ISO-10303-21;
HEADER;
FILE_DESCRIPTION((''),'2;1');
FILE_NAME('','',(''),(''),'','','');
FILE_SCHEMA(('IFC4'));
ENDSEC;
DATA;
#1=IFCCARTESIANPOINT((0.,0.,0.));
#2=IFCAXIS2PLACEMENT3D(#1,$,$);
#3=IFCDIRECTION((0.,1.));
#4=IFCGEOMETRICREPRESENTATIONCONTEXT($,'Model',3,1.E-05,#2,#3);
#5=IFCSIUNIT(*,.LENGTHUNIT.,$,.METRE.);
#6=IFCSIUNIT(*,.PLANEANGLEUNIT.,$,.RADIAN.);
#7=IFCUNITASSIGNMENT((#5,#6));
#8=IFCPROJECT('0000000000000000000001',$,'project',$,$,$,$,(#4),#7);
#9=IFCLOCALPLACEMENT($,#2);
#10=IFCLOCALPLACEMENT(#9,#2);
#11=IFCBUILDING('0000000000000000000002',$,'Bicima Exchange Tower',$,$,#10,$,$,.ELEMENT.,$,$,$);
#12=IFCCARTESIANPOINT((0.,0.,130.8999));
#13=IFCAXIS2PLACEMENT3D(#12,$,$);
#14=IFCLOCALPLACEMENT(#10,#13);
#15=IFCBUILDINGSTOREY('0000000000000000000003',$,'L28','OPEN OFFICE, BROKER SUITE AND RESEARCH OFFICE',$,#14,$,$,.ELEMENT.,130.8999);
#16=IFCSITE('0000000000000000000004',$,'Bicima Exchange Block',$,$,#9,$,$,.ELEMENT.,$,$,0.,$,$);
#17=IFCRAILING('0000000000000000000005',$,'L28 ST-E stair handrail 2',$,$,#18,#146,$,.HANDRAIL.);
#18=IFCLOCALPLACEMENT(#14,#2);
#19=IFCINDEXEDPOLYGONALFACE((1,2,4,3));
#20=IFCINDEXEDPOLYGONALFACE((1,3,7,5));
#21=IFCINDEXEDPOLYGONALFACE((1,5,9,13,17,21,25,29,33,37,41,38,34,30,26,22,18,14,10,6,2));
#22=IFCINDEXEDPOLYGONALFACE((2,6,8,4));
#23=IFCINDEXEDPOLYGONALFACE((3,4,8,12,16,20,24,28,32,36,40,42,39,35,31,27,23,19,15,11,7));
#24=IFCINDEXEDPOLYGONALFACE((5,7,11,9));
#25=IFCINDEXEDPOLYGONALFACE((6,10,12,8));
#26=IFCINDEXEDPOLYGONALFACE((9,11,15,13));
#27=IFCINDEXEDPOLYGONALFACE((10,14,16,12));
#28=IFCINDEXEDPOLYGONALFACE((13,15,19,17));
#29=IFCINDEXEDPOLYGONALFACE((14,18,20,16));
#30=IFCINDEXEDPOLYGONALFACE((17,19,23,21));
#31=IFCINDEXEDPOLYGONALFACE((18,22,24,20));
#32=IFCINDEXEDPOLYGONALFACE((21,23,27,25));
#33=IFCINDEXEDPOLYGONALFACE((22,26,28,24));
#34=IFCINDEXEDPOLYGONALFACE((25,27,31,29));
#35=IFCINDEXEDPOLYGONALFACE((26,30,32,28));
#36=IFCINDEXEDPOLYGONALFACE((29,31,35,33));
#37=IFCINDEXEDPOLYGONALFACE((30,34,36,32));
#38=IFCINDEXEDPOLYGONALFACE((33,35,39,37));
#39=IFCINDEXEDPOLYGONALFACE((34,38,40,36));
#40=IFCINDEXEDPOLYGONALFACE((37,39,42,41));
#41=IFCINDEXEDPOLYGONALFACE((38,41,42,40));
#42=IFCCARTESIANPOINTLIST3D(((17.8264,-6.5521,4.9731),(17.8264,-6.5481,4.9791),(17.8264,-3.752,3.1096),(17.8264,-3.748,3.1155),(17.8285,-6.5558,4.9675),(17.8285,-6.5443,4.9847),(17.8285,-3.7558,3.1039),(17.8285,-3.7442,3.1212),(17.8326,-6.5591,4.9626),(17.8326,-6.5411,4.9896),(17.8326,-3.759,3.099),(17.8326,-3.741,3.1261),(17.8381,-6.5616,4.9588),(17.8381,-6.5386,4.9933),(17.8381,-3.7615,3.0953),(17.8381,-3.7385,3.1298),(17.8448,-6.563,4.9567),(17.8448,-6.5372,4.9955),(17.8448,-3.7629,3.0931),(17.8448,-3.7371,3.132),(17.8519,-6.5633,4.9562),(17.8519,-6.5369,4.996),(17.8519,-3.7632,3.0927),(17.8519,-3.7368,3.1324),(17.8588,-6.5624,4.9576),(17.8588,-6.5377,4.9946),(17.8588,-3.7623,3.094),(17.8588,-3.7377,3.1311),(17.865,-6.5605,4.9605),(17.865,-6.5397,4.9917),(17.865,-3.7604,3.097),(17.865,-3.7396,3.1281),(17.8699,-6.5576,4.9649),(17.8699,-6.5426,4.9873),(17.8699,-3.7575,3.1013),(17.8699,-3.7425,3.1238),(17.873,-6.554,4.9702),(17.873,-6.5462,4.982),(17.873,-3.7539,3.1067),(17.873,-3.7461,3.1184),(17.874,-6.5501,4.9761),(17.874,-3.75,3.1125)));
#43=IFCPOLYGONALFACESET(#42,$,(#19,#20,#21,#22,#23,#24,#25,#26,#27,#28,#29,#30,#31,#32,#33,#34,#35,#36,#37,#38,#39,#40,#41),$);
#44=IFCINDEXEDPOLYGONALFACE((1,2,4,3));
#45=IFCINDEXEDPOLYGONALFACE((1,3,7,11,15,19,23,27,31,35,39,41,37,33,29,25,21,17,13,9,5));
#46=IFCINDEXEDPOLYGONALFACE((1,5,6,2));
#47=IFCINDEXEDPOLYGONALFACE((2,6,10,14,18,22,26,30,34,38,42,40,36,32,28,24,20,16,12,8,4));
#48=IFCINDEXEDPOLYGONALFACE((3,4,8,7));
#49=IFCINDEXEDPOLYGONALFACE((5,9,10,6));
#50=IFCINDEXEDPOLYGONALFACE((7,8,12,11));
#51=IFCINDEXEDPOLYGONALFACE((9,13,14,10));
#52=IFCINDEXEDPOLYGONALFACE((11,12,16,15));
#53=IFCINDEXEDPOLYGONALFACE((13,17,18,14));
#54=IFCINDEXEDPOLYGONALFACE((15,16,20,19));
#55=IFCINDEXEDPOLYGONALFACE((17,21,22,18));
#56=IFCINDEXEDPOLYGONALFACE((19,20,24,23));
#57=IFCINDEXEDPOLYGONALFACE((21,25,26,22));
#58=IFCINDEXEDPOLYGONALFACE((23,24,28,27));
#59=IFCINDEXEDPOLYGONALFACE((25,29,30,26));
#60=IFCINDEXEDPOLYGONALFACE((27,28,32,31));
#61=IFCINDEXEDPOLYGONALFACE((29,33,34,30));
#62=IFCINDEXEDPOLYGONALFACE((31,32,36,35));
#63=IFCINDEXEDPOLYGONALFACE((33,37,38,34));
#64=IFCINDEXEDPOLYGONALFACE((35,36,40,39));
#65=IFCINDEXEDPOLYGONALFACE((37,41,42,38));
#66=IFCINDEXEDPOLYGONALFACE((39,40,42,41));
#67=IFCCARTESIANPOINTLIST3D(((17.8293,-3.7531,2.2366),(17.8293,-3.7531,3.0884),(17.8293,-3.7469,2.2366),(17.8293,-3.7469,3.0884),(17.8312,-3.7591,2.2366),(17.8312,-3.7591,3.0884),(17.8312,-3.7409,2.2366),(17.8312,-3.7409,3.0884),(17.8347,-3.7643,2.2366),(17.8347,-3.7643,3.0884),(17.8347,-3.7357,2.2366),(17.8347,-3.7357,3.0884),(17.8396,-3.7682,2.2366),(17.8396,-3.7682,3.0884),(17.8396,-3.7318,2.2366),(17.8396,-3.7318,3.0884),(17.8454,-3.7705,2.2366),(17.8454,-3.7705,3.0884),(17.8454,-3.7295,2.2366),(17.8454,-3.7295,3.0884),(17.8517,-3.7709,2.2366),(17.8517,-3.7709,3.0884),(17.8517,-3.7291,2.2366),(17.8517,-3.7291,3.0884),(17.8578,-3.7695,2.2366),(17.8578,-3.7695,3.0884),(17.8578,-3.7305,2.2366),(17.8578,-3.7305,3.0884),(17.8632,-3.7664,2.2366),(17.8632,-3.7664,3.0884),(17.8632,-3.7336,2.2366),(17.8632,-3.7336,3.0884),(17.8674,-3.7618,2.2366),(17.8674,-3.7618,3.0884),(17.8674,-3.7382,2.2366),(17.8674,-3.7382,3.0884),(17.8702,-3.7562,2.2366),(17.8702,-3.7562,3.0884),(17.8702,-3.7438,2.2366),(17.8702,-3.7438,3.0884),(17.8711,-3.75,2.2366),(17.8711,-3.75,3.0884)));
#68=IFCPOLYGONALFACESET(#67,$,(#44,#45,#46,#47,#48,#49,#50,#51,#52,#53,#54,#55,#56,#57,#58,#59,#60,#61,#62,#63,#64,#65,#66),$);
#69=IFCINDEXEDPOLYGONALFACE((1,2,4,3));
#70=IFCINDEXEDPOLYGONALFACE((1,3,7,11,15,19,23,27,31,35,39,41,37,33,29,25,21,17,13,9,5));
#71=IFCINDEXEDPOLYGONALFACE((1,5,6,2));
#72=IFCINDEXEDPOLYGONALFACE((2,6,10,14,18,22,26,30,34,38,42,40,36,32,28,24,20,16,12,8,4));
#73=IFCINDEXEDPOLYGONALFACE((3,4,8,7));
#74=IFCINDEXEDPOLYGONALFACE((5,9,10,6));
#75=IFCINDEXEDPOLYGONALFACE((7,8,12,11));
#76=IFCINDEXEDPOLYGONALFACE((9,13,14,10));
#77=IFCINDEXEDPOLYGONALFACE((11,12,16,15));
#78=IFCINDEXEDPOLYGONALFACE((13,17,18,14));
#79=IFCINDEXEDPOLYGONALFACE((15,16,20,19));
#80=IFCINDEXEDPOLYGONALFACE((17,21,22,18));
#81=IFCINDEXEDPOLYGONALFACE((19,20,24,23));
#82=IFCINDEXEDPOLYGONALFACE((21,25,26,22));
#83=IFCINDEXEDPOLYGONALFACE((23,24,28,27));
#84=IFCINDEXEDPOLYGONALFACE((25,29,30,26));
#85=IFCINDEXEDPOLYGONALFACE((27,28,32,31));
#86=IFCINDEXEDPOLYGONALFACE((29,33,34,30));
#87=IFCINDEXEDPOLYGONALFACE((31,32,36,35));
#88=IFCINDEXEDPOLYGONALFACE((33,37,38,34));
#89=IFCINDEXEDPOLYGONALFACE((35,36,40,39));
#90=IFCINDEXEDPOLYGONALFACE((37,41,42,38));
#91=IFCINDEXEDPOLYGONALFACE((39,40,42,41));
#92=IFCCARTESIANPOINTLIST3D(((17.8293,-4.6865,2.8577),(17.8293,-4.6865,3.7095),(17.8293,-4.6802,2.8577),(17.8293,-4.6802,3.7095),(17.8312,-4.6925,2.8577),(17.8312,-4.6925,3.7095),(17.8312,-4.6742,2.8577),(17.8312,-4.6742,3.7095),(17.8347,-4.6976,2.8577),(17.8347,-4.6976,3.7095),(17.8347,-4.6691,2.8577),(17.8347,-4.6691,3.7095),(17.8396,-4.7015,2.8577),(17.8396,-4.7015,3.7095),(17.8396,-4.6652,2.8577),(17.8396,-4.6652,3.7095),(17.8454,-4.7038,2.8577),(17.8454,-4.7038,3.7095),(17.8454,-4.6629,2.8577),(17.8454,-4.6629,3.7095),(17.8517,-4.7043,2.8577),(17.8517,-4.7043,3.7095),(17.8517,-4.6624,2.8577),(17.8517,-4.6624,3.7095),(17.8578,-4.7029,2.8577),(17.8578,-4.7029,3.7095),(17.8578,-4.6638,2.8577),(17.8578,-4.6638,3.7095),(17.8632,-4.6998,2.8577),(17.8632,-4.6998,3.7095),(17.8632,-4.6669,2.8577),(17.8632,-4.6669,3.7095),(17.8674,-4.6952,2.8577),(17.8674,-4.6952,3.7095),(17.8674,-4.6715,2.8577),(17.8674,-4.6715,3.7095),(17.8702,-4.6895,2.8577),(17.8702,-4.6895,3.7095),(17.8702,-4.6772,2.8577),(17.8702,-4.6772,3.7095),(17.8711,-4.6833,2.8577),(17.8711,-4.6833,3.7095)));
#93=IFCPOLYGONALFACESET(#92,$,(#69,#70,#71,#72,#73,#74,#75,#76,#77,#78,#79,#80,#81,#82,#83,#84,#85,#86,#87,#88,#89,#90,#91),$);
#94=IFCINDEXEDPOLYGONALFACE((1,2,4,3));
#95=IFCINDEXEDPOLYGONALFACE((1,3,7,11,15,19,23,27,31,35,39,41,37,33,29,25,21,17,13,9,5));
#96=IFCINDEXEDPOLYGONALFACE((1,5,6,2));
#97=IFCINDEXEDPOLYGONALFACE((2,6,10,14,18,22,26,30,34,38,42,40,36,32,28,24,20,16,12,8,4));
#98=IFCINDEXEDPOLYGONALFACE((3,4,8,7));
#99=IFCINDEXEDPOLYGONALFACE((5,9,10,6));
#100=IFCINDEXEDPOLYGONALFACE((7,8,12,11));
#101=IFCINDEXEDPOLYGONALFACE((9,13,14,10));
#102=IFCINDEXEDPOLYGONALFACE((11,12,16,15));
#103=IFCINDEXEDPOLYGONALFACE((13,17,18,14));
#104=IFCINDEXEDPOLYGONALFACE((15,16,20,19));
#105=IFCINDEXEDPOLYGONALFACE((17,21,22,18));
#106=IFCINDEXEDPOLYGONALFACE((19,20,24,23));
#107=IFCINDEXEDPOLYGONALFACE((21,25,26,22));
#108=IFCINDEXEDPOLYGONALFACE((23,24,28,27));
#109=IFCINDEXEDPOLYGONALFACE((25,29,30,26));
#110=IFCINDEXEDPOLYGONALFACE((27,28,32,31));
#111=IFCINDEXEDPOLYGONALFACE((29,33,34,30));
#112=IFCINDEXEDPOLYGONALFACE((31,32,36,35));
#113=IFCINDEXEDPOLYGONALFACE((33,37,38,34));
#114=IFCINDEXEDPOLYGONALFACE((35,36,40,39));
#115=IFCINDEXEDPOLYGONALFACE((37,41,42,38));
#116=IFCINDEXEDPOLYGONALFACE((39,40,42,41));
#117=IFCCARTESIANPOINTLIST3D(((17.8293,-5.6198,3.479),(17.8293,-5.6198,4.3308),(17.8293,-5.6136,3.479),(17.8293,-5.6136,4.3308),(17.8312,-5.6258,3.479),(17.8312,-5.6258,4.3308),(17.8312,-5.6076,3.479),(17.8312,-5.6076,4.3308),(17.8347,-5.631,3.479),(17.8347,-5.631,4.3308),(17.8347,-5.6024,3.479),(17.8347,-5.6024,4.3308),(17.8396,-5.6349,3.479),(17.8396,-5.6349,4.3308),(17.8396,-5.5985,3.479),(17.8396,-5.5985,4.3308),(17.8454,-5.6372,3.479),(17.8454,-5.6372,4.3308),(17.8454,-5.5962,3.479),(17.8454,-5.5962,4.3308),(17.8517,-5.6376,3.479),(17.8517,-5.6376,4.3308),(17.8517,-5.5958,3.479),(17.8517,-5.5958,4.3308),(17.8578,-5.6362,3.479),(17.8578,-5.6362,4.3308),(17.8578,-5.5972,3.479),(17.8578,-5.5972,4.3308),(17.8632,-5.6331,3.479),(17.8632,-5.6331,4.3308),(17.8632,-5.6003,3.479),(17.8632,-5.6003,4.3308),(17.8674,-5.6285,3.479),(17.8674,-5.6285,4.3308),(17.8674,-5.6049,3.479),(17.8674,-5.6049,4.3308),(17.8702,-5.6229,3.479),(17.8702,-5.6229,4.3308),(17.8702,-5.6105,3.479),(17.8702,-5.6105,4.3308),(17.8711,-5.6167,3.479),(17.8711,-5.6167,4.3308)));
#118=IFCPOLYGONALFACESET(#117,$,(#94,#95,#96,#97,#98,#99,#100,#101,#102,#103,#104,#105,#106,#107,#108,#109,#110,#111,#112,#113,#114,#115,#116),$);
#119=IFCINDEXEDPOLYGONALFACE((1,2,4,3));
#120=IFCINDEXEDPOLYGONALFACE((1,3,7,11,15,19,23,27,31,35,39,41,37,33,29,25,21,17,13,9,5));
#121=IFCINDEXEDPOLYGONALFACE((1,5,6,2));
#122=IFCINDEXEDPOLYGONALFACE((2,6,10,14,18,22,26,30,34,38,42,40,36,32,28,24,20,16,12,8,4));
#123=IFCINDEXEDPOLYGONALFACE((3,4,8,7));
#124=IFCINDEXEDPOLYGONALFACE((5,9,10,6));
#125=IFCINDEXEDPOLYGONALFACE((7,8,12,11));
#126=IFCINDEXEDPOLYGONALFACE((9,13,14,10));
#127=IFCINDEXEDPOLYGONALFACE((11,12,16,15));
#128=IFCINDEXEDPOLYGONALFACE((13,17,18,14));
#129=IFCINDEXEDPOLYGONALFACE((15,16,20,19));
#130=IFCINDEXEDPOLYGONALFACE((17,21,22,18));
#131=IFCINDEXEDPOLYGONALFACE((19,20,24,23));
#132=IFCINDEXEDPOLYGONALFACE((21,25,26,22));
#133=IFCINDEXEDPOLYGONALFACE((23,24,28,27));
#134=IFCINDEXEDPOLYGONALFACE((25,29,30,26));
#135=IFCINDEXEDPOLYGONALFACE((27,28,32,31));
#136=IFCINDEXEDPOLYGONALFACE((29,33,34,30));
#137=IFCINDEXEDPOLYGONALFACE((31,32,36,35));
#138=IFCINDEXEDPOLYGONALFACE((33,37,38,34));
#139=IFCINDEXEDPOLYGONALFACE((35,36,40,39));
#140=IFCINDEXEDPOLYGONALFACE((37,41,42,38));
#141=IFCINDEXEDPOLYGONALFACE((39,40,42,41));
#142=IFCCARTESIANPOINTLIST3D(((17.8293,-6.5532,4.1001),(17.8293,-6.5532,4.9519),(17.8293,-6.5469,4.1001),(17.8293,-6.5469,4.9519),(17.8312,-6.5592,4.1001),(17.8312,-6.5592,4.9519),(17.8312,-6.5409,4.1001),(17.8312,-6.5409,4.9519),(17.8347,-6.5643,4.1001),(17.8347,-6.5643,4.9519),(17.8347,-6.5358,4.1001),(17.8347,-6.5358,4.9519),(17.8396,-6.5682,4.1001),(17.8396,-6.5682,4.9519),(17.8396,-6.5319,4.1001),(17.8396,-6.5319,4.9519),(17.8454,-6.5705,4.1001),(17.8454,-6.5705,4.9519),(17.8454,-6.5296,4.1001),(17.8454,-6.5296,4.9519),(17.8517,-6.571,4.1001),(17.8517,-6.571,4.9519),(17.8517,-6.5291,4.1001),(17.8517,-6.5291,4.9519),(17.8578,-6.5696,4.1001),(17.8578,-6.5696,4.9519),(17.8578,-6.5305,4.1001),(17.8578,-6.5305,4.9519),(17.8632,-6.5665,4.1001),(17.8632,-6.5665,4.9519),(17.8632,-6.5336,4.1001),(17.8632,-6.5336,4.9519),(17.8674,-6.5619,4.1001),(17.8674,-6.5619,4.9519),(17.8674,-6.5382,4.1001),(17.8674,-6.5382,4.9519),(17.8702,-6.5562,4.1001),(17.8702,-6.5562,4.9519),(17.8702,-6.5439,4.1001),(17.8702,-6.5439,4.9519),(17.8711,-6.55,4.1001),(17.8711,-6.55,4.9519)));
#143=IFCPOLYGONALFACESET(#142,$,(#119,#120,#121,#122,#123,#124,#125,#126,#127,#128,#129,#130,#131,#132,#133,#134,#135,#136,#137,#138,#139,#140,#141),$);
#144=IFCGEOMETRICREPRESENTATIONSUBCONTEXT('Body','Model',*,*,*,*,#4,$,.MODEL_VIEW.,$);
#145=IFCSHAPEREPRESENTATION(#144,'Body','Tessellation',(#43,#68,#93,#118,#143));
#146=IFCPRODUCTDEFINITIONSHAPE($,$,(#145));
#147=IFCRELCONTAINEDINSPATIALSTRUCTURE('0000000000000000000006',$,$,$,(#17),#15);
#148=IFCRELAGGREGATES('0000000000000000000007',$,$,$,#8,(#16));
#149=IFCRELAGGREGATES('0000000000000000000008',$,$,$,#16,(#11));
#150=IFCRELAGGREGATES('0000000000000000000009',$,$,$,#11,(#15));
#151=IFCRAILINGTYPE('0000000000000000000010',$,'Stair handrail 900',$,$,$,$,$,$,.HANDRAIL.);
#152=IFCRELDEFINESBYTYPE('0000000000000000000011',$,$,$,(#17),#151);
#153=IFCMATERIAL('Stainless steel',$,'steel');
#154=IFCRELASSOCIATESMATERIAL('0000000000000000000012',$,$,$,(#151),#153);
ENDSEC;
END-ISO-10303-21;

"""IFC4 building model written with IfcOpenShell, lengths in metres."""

from ifc_helpers import new_model, si_unit, direction, frame, origin, origin_2d, place, context, subcontext, project, spatial, circle, extrude, material, type_object, element, save


model = new_model("IFC4")

# Units and contexts
model_context = context("Model", 3, precision=1e-05, world=origin(), true_north=direction((0.0, 1.0)))
body_context = subcontext(model_context, "Body", "Model", "MODEL_VIEW")
ifc_project = project(units=[si_unit("LENGTHUNIT", "METRE"), si_unit("PLANEANGLEUNIT", "RADIAN")], contexts=[model_context])

# Site, building, storey
site_placement = place(None, origin())
site = spatial("IfcSite", under=ifc_project, at=site_placement, Name="Bicima Exchange Block", CompositionType="ELEMENT", RefElevation=0.0)
building_placement = place(site_placement, origin())
building = spatial("IfcBuilding", under=site, at=building_placement, Name="Bicima Exchange Tower", CompositionType="ELEMENT")
storey_placement = place(building_placement, frame((0.0, 0.0, 130.8999)))
storey = spatial("IfcBuildingStorey", under=building, at=storey_placement, Name="L28", Description="OPEN OFFICE, BROKER SUITE AND RESEARCH OFFICE", CompositionType="ELEMENT", Elevation=130.8999)

# Railing
ifc_material_1 = material(Name="Stainless steel", Category="steel")
railing_type_1 = type_object("IfcRailingType", Name="Stair handrail 900", PredefinedType="HANDRAIL", material=ifc_material_1)
railing_1_placement = place(storey_placement, frame((17.8501, -3.75, 2.2366)))
element("IfcRailing", 1, at=railing_1_placement, inside=storey, type_object=railing_type_1, Name="L28 ST-E stair handrail 2", PredefinedType="HANDRAIL", context=body_context, shape_type="SweptSolid", body=[
    extrude(circle(Radius=0.0239, at=origin_2d()), frame((0.0, 0.0, 0.876), z_axis=(0.0, -0.832486, 0.554047), x_axis=(1.0, 0.0, 0.0)), (0.0, 0.0, 1.0), 3.3635),
    extrude(circle(Radius=0.021, at=origin_2d()), origin(), (0.0, 0.0, 1.0), 0.8518),
    extrude(circle(Radius=0.021, at=origin_2d()), frame((0.0, -0.9333, 0.6211)), (0.0, 0.0, 1.0), 0.8518),
    extrude(circle(Radius=0.021, at=origin_2d()), frame((0.0, -1.8667, 1.2424)), (0.0, 0.0, 1.0), 0.8518),
    extrude(circle(Radius=0.021, at=origin_2d()), frame((0.0, -2.8, 1.8635)), (0.0, 0.0, 1.0), 0.8518),
])

save(model, "model.ifc")
